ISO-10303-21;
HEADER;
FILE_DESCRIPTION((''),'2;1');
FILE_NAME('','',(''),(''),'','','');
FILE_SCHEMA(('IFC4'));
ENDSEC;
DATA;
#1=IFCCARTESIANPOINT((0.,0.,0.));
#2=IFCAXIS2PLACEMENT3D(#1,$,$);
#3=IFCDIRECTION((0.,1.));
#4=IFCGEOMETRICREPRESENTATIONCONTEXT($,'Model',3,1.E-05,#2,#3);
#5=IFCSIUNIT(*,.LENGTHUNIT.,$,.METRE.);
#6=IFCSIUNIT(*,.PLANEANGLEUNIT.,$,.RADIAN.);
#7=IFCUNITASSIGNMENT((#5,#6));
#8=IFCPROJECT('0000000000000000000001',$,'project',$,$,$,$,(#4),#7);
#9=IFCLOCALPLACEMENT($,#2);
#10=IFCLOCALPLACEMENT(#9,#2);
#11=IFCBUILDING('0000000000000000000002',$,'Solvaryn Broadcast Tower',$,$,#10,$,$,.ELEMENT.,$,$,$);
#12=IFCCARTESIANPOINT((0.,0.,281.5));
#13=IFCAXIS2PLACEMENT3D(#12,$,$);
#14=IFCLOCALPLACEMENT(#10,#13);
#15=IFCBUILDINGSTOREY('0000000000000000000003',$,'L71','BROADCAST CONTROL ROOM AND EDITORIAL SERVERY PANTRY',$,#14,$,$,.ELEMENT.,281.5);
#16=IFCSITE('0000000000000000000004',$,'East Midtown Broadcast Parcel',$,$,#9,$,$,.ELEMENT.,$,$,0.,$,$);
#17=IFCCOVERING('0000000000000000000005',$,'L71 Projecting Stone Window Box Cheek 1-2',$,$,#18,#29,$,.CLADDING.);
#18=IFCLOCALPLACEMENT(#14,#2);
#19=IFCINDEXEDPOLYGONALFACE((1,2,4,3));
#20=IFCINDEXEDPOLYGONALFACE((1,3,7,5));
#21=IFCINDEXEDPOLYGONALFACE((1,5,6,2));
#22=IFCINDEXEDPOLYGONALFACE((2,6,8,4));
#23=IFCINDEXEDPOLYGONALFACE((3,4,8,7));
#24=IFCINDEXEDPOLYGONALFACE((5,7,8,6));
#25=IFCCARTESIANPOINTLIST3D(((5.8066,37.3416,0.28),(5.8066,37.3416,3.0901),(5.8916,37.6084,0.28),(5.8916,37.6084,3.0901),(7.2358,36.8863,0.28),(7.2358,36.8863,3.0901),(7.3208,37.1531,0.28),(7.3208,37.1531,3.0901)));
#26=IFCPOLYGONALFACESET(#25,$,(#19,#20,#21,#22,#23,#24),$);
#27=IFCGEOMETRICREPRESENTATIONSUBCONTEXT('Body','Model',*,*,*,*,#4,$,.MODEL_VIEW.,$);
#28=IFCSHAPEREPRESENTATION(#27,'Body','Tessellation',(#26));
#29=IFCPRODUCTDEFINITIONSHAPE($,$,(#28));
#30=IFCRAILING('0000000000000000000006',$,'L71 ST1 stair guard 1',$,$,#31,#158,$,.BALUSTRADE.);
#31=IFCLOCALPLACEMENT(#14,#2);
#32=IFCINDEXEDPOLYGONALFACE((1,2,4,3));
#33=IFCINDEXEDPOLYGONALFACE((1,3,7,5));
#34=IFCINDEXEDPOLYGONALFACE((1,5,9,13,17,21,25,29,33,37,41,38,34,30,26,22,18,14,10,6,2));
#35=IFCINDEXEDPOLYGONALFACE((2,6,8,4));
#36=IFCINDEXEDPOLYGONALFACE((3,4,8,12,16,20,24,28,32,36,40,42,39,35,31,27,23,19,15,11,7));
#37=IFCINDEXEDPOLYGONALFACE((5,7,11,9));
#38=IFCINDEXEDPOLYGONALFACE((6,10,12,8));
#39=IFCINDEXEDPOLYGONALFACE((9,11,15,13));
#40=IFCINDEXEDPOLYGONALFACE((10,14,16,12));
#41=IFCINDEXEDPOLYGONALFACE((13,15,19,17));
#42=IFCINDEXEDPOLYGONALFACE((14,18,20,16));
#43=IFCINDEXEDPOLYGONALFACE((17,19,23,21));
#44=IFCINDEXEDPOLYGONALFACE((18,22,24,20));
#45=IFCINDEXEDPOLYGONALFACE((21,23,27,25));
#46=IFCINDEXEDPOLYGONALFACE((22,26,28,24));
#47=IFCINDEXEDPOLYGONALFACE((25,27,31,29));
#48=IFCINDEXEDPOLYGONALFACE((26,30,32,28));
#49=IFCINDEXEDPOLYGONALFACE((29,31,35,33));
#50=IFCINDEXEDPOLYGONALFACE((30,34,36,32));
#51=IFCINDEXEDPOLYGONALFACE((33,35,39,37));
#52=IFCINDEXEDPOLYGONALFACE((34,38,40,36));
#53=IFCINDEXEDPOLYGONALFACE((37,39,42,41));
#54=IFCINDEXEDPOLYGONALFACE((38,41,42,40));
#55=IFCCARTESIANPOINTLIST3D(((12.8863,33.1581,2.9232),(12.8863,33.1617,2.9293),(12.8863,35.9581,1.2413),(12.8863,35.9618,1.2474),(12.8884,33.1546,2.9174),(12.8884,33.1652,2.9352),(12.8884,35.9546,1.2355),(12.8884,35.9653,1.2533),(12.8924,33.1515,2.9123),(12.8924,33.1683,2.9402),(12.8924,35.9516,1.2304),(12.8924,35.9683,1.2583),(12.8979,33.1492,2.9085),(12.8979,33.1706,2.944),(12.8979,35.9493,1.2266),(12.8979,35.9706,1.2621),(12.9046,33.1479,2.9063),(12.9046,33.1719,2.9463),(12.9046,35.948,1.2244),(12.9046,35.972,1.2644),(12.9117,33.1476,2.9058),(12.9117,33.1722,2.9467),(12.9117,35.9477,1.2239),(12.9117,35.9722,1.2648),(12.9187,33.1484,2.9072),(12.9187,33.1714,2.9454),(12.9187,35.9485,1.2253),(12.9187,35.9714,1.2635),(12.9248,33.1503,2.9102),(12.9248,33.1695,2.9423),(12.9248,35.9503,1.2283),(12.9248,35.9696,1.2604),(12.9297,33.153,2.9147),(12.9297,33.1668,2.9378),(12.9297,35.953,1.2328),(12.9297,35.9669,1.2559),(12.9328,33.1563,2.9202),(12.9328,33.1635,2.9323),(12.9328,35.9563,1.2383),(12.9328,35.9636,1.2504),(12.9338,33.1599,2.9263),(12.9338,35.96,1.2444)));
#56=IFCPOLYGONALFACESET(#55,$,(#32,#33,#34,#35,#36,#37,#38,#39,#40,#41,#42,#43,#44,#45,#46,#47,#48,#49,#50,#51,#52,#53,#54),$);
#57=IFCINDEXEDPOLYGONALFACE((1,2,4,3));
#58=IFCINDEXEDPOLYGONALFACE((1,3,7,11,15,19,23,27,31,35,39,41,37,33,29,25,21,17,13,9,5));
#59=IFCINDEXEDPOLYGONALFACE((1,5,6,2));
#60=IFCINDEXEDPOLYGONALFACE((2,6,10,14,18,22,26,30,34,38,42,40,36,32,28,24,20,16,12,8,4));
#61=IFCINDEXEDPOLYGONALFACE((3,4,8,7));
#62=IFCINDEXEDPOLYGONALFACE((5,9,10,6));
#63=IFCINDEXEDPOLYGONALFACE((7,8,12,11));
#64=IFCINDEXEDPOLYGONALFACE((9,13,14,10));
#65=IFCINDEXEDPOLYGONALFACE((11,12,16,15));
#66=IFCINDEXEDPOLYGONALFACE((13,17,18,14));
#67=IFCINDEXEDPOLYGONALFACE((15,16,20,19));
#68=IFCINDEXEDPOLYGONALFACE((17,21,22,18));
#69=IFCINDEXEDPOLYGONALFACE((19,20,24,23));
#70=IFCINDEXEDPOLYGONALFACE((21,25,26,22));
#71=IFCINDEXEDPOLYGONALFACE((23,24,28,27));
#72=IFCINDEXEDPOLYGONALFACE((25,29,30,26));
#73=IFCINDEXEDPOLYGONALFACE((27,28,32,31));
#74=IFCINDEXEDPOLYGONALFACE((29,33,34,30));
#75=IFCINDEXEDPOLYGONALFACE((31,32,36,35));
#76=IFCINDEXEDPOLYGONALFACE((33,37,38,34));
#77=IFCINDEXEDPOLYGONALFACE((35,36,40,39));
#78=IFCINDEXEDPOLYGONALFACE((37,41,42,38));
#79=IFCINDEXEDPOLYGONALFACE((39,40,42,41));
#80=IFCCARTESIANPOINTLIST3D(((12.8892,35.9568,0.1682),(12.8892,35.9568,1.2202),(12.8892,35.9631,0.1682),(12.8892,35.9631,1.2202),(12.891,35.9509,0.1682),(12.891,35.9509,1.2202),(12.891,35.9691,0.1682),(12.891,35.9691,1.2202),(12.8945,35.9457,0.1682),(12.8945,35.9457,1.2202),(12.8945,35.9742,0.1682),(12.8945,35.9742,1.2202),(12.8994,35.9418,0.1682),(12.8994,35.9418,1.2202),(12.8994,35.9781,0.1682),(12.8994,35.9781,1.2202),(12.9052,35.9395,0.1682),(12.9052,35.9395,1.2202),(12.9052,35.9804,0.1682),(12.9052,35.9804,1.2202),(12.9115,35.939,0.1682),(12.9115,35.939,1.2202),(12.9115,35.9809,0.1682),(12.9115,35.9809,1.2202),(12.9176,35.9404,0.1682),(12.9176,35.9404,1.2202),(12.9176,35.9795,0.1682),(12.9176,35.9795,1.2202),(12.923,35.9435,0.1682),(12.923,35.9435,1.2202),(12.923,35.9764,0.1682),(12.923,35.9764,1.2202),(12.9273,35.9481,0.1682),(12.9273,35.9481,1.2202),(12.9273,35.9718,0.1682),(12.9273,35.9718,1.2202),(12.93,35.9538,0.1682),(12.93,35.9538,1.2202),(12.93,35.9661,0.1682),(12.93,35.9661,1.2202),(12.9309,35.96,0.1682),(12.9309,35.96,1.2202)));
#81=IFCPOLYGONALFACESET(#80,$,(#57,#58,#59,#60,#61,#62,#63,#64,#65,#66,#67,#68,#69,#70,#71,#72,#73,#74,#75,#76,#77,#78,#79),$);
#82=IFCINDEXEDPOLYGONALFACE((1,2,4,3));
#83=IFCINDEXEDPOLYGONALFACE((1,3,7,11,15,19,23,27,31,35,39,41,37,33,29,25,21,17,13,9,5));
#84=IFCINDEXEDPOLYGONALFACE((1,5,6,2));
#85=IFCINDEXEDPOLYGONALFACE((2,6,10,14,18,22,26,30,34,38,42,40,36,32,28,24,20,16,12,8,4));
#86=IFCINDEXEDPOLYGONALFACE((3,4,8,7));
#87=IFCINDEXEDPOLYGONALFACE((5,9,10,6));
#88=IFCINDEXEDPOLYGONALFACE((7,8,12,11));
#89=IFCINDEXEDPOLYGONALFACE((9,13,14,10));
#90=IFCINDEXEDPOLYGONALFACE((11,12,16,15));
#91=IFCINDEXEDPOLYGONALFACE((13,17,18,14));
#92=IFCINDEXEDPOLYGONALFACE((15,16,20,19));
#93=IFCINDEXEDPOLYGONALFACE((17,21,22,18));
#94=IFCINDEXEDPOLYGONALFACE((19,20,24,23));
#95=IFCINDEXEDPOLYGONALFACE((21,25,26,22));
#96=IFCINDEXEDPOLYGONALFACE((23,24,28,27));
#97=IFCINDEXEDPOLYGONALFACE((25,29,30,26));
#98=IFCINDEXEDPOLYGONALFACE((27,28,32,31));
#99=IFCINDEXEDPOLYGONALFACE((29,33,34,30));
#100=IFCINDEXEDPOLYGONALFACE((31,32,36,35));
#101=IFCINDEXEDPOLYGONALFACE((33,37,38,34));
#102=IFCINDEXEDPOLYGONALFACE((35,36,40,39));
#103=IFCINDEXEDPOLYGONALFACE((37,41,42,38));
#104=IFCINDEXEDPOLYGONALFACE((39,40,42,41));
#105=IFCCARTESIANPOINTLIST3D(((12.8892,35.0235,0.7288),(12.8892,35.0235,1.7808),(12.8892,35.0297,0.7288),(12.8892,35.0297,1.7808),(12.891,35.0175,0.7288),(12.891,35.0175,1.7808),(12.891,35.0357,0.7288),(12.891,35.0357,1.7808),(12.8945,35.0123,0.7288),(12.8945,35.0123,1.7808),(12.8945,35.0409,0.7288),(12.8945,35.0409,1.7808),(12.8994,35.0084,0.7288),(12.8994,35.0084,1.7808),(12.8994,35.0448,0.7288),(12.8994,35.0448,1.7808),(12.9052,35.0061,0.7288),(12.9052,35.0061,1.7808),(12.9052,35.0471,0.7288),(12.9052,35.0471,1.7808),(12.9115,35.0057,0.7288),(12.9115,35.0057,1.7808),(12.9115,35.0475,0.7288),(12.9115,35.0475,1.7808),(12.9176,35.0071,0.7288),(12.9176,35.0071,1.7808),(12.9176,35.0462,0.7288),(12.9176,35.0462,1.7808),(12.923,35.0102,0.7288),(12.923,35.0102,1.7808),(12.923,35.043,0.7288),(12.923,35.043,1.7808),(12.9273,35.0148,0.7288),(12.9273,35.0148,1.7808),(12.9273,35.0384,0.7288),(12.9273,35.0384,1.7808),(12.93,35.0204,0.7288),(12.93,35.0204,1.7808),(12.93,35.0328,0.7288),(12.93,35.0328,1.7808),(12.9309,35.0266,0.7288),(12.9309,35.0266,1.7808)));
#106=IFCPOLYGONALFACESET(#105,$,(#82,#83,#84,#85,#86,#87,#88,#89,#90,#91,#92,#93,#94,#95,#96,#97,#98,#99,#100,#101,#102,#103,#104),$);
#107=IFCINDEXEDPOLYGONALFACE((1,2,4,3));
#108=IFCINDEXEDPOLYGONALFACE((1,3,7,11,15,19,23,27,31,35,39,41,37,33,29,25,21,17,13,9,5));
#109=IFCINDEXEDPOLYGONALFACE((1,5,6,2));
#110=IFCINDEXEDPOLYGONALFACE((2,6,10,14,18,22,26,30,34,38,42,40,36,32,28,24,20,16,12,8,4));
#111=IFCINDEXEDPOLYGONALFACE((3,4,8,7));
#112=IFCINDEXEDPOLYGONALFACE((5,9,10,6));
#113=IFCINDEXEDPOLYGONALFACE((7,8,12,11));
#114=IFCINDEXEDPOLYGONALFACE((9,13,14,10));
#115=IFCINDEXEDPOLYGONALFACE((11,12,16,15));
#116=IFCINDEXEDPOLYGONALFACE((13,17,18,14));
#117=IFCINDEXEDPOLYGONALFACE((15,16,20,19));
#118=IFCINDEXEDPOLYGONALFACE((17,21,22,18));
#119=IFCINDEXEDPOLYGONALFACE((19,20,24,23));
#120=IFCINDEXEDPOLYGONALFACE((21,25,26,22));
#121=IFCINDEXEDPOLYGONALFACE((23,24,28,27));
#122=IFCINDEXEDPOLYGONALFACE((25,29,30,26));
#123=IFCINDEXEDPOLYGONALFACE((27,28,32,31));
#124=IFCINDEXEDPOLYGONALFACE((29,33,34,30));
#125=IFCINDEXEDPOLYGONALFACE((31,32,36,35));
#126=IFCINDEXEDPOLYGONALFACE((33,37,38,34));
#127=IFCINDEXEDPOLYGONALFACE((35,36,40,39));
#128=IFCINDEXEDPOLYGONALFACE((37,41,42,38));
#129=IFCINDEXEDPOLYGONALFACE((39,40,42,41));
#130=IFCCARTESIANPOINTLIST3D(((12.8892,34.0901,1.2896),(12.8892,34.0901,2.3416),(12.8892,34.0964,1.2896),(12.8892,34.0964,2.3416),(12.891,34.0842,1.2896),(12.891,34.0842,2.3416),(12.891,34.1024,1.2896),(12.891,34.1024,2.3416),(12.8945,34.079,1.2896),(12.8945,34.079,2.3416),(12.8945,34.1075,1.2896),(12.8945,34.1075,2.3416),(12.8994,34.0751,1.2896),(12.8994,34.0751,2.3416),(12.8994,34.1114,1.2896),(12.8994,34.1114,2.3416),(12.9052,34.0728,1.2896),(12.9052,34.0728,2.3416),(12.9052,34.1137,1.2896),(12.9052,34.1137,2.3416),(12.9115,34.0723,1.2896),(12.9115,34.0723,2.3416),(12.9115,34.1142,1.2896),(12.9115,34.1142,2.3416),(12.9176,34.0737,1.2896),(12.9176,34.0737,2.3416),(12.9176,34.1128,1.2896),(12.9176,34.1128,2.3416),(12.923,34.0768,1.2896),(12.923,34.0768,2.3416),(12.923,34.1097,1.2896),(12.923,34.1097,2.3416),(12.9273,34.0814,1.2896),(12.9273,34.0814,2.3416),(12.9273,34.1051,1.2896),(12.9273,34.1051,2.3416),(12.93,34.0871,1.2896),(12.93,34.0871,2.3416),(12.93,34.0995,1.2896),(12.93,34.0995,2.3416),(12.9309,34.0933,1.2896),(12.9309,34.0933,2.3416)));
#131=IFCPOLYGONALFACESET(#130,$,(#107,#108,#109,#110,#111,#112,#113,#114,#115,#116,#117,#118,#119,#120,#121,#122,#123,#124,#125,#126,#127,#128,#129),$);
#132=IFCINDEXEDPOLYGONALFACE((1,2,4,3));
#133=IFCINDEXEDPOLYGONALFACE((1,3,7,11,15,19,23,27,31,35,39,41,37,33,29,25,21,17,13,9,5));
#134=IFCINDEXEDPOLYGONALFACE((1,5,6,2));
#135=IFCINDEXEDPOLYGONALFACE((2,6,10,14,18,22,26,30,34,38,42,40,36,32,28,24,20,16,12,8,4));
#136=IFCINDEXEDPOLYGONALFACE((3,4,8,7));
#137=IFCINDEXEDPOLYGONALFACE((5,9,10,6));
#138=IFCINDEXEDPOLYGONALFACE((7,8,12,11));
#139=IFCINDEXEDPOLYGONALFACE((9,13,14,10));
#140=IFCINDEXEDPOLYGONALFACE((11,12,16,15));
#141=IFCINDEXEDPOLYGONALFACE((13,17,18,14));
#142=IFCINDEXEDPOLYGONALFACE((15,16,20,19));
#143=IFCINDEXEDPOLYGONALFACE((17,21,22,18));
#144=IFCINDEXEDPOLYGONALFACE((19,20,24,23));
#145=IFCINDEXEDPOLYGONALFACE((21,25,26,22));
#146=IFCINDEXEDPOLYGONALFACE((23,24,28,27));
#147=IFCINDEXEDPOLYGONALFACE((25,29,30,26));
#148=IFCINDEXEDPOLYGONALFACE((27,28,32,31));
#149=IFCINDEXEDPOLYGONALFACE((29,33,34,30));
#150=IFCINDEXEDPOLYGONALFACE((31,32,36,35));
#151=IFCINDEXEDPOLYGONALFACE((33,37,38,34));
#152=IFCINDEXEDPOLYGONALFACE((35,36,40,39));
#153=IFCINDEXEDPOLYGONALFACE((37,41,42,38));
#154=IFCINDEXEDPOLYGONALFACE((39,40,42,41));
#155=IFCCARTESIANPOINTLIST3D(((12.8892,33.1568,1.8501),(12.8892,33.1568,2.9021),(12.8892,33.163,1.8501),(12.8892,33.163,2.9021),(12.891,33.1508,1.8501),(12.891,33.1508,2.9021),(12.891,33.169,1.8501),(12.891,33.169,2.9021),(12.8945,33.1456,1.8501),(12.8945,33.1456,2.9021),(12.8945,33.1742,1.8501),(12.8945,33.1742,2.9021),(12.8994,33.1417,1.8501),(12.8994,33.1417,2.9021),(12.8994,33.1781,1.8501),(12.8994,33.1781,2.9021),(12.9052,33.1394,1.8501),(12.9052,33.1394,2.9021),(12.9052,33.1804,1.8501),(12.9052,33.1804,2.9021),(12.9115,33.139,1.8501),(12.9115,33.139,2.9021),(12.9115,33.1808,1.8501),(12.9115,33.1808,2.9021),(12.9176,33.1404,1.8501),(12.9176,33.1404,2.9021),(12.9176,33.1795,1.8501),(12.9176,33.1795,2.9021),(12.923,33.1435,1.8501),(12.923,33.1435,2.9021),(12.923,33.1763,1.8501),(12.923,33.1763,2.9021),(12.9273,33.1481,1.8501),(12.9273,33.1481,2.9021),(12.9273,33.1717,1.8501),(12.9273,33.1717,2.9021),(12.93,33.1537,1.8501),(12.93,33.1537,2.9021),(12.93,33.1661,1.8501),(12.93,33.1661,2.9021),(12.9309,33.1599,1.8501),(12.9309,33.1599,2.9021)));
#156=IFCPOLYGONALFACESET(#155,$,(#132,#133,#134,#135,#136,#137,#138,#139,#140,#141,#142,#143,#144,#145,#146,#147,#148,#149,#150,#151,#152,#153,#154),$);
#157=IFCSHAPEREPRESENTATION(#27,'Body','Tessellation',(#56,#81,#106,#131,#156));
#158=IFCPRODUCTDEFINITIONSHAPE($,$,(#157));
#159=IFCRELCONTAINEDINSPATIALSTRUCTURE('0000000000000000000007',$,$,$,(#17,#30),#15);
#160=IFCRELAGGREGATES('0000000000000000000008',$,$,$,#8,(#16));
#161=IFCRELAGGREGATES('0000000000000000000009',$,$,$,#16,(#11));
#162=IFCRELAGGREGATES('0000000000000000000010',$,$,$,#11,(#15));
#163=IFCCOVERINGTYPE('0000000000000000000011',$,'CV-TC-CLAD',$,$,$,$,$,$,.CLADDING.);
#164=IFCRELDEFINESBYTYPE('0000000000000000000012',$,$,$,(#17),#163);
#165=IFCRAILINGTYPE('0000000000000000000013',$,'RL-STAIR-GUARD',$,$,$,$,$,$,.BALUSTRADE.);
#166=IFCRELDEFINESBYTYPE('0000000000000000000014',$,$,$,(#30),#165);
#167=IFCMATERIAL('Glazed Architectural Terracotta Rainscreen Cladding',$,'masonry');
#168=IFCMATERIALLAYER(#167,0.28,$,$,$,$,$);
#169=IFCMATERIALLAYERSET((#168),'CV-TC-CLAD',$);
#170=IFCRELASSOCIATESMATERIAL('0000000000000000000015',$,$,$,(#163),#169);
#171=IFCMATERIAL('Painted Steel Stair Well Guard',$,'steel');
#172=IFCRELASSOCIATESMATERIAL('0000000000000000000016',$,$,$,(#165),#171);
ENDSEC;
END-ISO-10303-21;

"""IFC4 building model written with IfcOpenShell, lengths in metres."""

from ifc_helpers import new_model, si_unit, direction, frame, origin, origin_2d, place, context, subcontext, project, spatial, rectangle, circle, extrude, material, layer, layer_set, type_object, element, save


model = new_model("IFC4")

# Units and contexts
model_context = context("Model", 3, precision=1e-05, world=origin(), true_north=direction((0.0, 1.0)))
body_context = subcontext(model_context, "Body", "Model", "MODEL_VIEW")
ifc_project = project(units=[si_unit("LENGTHUNIT", "METRE"), si_unit("PLANEANGLEUNIT", "RADIAN")], contexts=[model_context])

# Site, building, storey
site_placement = place(None, origin())
site = spatial("IfcSite", under=ifc_project, at=site_placement, Name="East Midtown Broadcast Parcel", CompositionType="ELEMENT", RefElevation=0.0)
building_placement = place(site_placement, origin())
building = spatial("IfcBuilding", under=site, at=building_placement, Name="Solvaryn Broadcast Tower", CompositionType="ELEMENT")
storey_placement = place(building_placement, frame((0.0, 0.0, 281.5)))
storey = spatial("IfcBuildingStorey", under=building, at=storey_placement, Name="L71", Description="BROADCAST CONTROL ROOM AND EDITORIAL SERVERY PANTRY", CompositionType="ELEMENT", Elevation=281.5)

# Covering
ifc_material_1 = material(Name="Glazed Architectural Terracotta Rainscreen Cladding", Category="masonry")
ifc_layer_1 = layer(ifc_material_1, 0.28)
ifc_layer_set_1 = layer_set([ifc_layer_1], Name="CV-TC-CLAD")
covering_type = type_object("IfcCoveringType", Name="CV-TC-CLAD", PredefinedType="CLADDING", material=ifc_layer_set_1)
covering_placement = place(storey_placement, frame((6.5637, 37.2473, 0.28), z_axis=(0.0, 0.0, 1.0), x_axis=(-0.303534, -0.952821, 0.0)))
element("IfcCovering", 1, at=covering_placement, inside=storey, type_object=covering_type, Name="L71 Projecting Stone Window Box Cheek 1-2", PredefinedType="CLADDING", context=body_context, shape_type="SweptSolid", body=[
    extrude(rectangle(XDim=0.28, YDim=1.5, at=origin_2d()), origin(), (0.0, 0.0, 1.0), 2.8101),
])

# Railing
ifc_material_2 = material(Name="Painted Steel Stair Well Guard", Category="steel")
railing_type_1 = type_object("IfcRailingType", Name="RL-STAIR-GUARD", PredefinedType="BALUSTRADE", material=ifc_material_2)
railing_1_placement = place(storey_placement, frame((12.9099, 35.96, 0.1682)))
element("IfcRailing", 2, at=railing_1_placement, inside=storey, type_object=railing_type_1, Name="L71 ST1 stair guard 1", PredefinedType="BALUSTRADE", context=body_context, shape_type="SweptSolid", body=[
    extrude(circle(Radius=0.0239, at=origin_2d()), frame((0.0, 0.0, 1.0762), z_axis=(0.0, -0.857242, 0.514913), x_axis=(1.0, 0.0, 0.0)), (0.0, 0.0, 1.0), 3.2664),
    extrude(circle(Radius=0.021, at=origin_2d()), origin(), (0.0, 0.0, 1.0), 1.052),
    extrude(circle(Radius=0.021, at=origin_2d()), frame((0.0, -0.9333, 0.5605)), (0.0, 0.0, 1.0), 1.052),
    extrude(circle(Radius=0.021, at=origin_2d()), frame((0.0, -1.8667, 1.1213)), (0.0, 0.0, 1.0), 1.052),
    extrude(circle(Radius=0.021, at=origin_2d()), frame((0.0, -2.8, 1.6819)), (0.0, 0.0, 1.0), 1.052),
])

save(model, "model.ifc")
